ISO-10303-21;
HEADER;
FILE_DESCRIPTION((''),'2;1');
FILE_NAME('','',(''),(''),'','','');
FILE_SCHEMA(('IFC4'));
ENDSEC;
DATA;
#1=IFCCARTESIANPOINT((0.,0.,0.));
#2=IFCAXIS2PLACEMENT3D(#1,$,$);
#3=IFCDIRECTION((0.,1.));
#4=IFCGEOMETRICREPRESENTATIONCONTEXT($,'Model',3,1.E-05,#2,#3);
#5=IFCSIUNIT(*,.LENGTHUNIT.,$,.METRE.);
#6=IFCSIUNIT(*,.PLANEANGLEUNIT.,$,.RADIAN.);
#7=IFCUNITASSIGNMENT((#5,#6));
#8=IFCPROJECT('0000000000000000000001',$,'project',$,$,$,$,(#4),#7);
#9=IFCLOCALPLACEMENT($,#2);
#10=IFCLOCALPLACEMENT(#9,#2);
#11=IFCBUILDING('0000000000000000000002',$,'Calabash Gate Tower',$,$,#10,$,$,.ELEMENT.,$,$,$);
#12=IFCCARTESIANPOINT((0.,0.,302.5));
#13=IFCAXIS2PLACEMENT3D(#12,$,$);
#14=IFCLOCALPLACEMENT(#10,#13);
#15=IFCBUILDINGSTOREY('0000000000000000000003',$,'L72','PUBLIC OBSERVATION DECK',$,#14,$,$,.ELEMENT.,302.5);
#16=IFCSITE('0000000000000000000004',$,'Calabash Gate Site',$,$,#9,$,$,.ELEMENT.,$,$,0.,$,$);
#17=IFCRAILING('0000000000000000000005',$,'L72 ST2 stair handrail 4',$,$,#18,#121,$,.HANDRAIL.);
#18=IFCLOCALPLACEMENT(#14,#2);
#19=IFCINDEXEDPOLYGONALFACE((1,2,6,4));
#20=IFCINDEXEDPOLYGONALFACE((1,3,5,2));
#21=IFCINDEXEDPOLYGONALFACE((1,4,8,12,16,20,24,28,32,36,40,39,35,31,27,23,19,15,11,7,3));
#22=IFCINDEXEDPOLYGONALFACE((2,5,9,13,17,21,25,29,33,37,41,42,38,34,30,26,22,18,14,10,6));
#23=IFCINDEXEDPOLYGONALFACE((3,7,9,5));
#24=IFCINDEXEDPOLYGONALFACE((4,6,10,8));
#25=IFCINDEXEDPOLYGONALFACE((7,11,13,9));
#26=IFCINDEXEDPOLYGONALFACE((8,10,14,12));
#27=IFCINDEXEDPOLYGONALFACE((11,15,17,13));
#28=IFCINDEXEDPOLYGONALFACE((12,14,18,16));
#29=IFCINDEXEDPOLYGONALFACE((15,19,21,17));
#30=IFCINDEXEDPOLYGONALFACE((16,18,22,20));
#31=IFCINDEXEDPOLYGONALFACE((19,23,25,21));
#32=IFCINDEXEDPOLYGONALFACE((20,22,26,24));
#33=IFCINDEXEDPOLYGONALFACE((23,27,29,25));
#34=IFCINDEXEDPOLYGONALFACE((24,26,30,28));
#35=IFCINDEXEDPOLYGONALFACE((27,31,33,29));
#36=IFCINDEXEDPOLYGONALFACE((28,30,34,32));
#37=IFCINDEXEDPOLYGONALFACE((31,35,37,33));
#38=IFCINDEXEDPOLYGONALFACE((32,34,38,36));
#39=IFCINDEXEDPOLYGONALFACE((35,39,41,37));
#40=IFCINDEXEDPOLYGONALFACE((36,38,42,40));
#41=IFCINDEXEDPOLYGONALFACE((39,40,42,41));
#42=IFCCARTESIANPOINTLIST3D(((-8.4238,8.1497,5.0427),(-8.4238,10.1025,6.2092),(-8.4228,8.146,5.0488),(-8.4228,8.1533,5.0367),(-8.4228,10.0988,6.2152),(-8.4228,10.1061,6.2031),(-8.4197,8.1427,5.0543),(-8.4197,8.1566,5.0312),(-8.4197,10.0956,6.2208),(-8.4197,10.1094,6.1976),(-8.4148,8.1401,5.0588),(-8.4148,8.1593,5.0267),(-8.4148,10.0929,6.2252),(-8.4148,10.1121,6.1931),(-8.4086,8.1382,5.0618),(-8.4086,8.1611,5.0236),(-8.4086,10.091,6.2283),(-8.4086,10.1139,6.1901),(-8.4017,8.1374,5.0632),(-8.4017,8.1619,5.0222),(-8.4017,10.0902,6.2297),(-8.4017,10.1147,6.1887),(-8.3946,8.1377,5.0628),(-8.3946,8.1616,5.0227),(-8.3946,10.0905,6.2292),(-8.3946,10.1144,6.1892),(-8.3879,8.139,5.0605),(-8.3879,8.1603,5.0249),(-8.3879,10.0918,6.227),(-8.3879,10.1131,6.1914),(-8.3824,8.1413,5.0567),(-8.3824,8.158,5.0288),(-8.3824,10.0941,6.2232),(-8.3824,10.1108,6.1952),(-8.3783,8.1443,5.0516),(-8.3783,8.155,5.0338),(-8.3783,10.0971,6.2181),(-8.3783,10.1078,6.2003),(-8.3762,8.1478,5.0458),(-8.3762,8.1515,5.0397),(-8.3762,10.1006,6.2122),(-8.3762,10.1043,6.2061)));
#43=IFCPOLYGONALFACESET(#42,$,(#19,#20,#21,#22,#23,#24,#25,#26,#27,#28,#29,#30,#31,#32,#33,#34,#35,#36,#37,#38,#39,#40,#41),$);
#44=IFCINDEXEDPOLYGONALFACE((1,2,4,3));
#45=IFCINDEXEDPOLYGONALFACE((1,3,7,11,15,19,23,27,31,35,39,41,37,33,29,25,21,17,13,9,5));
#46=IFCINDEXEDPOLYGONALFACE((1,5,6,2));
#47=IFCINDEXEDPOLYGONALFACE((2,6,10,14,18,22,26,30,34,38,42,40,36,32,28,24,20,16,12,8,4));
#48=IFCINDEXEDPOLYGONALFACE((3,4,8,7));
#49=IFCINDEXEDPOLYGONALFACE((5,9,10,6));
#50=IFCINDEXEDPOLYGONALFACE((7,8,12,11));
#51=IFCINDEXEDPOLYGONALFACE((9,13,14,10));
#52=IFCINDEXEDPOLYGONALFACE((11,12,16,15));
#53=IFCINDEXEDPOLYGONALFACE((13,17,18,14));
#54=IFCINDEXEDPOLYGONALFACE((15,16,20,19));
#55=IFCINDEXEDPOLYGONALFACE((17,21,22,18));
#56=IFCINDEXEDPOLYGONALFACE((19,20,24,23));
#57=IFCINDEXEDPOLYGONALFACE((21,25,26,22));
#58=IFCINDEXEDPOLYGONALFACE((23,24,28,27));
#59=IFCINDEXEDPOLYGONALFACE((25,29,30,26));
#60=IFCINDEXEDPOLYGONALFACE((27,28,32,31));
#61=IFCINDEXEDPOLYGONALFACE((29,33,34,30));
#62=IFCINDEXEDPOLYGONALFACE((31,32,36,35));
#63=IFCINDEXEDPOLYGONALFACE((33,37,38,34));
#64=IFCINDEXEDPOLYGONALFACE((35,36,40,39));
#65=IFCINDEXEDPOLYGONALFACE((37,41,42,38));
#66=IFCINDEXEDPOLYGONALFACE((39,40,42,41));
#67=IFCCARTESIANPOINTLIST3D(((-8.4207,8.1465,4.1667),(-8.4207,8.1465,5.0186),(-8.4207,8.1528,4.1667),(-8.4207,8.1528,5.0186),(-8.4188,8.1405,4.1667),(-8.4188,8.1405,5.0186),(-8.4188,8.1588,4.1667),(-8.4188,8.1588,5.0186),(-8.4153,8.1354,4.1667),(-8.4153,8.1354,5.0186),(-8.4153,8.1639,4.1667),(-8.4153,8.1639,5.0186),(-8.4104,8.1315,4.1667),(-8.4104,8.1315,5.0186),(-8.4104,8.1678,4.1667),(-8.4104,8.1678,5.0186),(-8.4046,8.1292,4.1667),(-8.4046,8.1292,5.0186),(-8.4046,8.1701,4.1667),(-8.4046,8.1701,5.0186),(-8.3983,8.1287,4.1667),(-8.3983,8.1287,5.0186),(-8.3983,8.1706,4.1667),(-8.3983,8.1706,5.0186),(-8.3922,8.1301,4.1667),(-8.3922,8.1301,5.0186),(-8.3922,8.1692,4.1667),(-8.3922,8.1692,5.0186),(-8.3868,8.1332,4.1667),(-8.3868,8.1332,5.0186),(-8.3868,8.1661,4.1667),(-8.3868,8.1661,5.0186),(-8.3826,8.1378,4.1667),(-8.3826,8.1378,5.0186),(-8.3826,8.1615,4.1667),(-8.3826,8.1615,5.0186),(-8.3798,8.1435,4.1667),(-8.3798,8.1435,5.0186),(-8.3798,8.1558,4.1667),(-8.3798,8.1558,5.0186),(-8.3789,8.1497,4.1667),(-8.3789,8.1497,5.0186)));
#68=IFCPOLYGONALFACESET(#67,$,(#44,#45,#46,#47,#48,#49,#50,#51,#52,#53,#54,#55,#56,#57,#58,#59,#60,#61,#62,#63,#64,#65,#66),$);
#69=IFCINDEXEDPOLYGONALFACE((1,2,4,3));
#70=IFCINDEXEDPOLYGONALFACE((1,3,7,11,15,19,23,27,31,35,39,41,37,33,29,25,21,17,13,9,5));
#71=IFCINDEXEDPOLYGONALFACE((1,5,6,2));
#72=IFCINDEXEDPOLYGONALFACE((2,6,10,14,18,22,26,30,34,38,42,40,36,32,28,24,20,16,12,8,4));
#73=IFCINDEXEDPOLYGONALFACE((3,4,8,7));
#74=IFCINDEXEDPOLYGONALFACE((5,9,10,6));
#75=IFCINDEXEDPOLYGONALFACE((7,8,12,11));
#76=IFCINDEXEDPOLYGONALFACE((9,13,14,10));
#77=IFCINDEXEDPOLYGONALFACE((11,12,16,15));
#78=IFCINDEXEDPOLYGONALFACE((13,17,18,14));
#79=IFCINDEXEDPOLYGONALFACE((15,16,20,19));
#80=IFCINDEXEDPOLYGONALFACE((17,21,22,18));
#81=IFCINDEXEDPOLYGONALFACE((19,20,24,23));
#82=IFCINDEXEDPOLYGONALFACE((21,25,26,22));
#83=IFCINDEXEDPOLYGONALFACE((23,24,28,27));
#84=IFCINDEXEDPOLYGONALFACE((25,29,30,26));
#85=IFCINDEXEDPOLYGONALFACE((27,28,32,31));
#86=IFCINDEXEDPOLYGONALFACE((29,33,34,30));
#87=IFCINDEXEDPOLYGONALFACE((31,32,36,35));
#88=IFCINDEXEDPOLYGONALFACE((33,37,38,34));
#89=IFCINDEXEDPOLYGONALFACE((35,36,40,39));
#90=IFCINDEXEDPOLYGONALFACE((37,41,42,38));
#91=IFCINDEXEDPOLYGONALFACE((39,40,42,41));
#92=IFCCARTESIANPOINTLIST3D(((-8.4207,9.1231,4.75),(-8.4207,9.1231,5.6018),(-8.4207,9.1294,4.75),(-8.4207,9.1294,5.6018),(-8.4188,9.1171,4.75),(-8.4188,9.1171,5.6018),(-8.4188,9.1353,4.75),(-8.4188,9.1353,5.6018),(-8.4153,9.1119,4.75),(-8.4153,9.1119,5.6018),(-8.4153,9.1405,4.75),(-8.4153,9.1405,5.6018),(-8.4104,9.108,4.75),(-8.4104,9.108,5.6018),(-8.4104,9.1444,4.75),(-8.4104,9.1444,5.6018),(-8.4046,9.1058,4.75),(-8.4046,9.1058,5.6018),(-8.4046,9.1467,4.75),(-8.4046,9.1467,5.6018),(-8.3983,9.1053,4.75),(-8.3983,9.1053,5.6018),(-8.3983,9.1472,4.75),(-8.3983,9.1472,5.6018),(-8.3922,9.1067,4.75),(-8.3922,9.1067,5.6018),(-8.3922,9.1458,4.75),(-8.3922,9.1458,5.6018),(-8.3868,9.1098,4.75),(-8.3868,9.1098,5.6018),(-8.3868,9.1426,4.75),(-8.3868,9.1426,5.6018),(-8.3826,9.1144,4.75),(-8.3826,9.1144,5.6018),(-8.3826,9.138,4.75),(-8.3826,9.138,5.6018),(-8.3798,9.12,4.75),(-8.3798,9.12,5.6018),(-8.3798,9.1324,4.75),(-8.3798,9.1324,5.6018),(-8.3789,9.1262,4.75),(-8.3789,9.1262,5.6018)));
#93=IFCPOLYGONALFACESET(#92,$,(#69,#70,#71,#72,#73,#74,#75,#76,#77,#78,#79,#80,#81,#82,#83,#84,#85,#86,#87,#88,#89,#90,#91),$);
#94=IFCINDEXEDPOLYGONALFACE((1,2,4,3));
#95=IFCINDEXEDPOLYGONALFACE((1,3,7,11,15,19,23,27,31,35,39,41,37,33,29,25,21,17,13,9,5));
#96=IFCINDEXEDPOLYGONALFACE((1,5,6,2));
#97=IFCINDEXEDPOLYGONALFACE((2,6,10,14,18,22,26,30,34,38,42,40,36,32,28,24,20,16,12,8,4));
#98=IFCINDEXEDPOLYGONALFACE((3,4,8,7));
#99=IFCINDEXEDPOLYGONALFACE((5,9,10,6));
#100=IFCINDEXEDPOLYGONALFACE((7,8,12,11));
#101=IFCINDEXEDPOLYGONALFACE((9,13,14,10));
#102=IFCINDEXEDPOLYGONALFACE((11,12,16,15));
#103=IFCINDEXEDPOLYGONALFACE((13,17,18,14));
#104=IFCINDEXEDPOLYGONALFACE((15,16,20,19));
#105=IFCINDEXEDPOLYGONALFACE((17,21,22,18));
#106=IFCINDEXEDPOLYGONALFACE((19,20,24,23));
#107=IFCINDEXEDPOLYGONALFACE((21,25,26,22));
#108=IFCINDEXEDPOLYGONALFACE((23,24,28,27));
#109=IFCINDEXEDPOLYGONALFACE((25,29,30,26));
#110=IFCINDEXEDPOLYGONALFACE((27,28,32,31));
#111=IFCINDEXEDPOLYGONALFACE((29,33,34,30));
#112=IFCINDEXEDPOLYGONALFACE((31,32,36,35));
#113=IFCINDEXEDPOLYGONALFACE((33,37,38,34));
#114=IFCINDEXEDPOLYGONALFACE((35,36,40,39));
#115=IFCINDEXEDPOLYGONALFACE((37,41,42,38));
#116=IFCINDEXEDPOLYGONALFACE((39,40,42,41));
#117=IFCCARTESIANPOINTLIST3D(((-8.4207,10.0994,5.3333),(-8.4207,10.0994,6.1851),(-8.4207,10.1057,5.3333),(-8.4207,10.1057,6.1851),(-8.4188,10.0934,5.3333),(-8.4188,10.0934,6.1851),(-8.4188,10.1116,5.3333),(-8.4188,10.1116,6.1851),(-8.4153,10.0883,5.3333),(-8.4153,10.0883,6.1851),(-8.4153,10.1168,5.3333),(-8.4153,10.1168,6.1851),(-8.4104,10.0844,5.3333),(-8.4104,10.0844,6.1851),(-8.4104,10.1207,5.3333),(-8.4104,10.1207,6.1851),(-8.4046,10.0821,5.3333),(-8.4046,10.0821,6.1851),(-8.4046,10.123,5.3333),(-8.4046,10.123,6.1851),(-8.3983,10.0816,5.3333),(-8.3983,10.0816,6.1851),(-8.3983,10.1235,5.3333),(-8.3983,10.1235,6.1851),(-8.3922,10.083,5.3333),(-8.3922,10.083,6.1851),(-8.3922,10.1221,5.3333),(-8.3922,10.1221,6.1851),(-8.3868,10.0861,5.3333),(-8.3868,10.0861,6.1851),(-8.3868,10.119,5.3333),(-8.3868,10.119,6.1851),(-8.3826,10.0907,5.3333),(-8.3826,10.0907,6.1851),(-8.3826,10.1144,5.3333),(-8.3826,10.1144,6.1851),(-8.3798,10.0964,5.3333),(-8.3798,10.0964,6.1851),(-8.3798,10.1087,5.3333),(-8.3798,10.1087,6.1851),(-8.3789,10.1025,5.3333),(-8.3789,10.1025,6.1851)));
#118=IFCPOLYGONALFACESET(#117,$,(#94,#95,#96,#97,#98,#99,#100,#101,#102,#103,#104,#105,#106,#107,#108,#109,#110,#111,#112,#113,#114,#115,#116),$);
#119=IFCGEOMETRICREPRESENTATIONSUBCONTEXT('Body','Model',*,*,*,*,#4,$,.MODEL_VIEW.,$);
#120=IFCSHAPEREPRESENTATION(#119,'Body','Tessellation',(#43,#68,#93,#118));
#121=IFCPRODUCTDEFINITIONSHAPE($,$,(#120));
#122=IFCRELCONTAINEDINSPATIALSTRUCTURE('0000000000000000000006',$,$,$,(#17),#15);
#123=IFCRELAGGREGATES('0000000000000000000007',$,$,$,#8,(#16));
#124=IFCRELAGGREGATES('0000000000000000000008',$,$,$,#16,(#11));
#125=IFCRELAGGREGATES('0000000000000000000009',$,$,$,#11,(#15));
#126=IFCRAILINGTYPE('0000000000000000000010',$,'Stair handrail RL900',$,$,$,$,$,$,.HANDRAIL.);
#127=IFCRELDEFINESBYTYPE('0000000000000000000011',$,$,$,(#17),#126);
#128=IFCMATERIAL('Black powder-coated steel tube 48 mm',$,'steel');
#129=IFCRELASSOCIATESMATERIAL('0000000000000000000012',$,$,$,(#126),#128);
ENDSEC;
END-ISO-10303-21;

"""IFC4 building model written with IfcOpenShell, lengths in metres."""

from ifc_helpers import new_model, si_unit, direction, frame, origin, origin_2d, place, context, subcontext, project, spatial, circle, extrude, material, type_object, element, save


model = new_model("IFC4")

# Units and contexts
model_context = context("Model", 3, precision=1e-05, world=origin(), true_north=direction((0.0, 1.0)))
body_context = subcontext(model_context, "Body", "Model", "MODEL_VIEW")
ifc_project = project(units=[si_unit("LENGTHUNIT", "METRE"), si_unit("PLANEANGLEUNIT", "RADIAN")], contexts=[model_context])

# Site, building, storey
site_placement = place(None, origin())
site = spatial("IfcSite", under=ifc_project, at=site_placement, Name="Calabash Gate Site", CompositionType="ELEMENT", RefElevation=0.0)
building_placement = place(site_placement, origin())
building = spatial("IfcBuilding", under=site, at=building_placement, Name="Calabash Gate Tower", CompositionType="ELEMENT")
storey_placement = place(building_placement, frame((0.0, 0.0, 302.5)))
storey = spatial("IfcBuildingStorey", under=building, at=storey_placement, Name="L72", Description="PUBLIC OBSERVATION DECK", CompositionType="ELEMENT", Elevation=302.5)

# Railing
ifc_material_1 = material(Name="Black powder-coated steel tube 48 mm", Category="steel")
railing_type_1 = type_object("IfcRailingType", Name="Stair handrail RL900", PredefinedType="HANDRAIL", material=ifc_material_1)
railing_1_placement = place(storey_placement, frame((-8.3999, 8.1497, 4.1667)))
element("IfcRailing", 1, at=railing_1_placement, inside=storey, type_object=railing_type_1, Name="L72 ST2 stair handrail 4", PredefinedType="HANDRAIL", context=body_context, shape_type="SweptSolid", body=[
    extrude(circle(Radius=0.0239, at=origin_2d()), frame((0.0, 0.0, 0.876), z_axis=(0.0, 0.858505, 0.512806), x_axis=(-1.0, 0.0, 0.0)), (0.0, 0.0, 1.0), 2.2747),
    extrude(circle(Radius=0.021, at=origin_2d()), origin(), (0.0, 0.0, 1.0), 0.8518),
    extrude(circle(Radius=0.021, at=origin_2d()), frame((0.0, 0.9766, 0.5833)), (0.0, 0.0, 1.0), 0.8518),
    extrude(circle(Radius=0.021, at=origin_2d()), frame((0.0, 1.9529, 1.1665)), (0.0, 0.0, 1.0), 0.8518),
])

save(model, "model.ifc")
